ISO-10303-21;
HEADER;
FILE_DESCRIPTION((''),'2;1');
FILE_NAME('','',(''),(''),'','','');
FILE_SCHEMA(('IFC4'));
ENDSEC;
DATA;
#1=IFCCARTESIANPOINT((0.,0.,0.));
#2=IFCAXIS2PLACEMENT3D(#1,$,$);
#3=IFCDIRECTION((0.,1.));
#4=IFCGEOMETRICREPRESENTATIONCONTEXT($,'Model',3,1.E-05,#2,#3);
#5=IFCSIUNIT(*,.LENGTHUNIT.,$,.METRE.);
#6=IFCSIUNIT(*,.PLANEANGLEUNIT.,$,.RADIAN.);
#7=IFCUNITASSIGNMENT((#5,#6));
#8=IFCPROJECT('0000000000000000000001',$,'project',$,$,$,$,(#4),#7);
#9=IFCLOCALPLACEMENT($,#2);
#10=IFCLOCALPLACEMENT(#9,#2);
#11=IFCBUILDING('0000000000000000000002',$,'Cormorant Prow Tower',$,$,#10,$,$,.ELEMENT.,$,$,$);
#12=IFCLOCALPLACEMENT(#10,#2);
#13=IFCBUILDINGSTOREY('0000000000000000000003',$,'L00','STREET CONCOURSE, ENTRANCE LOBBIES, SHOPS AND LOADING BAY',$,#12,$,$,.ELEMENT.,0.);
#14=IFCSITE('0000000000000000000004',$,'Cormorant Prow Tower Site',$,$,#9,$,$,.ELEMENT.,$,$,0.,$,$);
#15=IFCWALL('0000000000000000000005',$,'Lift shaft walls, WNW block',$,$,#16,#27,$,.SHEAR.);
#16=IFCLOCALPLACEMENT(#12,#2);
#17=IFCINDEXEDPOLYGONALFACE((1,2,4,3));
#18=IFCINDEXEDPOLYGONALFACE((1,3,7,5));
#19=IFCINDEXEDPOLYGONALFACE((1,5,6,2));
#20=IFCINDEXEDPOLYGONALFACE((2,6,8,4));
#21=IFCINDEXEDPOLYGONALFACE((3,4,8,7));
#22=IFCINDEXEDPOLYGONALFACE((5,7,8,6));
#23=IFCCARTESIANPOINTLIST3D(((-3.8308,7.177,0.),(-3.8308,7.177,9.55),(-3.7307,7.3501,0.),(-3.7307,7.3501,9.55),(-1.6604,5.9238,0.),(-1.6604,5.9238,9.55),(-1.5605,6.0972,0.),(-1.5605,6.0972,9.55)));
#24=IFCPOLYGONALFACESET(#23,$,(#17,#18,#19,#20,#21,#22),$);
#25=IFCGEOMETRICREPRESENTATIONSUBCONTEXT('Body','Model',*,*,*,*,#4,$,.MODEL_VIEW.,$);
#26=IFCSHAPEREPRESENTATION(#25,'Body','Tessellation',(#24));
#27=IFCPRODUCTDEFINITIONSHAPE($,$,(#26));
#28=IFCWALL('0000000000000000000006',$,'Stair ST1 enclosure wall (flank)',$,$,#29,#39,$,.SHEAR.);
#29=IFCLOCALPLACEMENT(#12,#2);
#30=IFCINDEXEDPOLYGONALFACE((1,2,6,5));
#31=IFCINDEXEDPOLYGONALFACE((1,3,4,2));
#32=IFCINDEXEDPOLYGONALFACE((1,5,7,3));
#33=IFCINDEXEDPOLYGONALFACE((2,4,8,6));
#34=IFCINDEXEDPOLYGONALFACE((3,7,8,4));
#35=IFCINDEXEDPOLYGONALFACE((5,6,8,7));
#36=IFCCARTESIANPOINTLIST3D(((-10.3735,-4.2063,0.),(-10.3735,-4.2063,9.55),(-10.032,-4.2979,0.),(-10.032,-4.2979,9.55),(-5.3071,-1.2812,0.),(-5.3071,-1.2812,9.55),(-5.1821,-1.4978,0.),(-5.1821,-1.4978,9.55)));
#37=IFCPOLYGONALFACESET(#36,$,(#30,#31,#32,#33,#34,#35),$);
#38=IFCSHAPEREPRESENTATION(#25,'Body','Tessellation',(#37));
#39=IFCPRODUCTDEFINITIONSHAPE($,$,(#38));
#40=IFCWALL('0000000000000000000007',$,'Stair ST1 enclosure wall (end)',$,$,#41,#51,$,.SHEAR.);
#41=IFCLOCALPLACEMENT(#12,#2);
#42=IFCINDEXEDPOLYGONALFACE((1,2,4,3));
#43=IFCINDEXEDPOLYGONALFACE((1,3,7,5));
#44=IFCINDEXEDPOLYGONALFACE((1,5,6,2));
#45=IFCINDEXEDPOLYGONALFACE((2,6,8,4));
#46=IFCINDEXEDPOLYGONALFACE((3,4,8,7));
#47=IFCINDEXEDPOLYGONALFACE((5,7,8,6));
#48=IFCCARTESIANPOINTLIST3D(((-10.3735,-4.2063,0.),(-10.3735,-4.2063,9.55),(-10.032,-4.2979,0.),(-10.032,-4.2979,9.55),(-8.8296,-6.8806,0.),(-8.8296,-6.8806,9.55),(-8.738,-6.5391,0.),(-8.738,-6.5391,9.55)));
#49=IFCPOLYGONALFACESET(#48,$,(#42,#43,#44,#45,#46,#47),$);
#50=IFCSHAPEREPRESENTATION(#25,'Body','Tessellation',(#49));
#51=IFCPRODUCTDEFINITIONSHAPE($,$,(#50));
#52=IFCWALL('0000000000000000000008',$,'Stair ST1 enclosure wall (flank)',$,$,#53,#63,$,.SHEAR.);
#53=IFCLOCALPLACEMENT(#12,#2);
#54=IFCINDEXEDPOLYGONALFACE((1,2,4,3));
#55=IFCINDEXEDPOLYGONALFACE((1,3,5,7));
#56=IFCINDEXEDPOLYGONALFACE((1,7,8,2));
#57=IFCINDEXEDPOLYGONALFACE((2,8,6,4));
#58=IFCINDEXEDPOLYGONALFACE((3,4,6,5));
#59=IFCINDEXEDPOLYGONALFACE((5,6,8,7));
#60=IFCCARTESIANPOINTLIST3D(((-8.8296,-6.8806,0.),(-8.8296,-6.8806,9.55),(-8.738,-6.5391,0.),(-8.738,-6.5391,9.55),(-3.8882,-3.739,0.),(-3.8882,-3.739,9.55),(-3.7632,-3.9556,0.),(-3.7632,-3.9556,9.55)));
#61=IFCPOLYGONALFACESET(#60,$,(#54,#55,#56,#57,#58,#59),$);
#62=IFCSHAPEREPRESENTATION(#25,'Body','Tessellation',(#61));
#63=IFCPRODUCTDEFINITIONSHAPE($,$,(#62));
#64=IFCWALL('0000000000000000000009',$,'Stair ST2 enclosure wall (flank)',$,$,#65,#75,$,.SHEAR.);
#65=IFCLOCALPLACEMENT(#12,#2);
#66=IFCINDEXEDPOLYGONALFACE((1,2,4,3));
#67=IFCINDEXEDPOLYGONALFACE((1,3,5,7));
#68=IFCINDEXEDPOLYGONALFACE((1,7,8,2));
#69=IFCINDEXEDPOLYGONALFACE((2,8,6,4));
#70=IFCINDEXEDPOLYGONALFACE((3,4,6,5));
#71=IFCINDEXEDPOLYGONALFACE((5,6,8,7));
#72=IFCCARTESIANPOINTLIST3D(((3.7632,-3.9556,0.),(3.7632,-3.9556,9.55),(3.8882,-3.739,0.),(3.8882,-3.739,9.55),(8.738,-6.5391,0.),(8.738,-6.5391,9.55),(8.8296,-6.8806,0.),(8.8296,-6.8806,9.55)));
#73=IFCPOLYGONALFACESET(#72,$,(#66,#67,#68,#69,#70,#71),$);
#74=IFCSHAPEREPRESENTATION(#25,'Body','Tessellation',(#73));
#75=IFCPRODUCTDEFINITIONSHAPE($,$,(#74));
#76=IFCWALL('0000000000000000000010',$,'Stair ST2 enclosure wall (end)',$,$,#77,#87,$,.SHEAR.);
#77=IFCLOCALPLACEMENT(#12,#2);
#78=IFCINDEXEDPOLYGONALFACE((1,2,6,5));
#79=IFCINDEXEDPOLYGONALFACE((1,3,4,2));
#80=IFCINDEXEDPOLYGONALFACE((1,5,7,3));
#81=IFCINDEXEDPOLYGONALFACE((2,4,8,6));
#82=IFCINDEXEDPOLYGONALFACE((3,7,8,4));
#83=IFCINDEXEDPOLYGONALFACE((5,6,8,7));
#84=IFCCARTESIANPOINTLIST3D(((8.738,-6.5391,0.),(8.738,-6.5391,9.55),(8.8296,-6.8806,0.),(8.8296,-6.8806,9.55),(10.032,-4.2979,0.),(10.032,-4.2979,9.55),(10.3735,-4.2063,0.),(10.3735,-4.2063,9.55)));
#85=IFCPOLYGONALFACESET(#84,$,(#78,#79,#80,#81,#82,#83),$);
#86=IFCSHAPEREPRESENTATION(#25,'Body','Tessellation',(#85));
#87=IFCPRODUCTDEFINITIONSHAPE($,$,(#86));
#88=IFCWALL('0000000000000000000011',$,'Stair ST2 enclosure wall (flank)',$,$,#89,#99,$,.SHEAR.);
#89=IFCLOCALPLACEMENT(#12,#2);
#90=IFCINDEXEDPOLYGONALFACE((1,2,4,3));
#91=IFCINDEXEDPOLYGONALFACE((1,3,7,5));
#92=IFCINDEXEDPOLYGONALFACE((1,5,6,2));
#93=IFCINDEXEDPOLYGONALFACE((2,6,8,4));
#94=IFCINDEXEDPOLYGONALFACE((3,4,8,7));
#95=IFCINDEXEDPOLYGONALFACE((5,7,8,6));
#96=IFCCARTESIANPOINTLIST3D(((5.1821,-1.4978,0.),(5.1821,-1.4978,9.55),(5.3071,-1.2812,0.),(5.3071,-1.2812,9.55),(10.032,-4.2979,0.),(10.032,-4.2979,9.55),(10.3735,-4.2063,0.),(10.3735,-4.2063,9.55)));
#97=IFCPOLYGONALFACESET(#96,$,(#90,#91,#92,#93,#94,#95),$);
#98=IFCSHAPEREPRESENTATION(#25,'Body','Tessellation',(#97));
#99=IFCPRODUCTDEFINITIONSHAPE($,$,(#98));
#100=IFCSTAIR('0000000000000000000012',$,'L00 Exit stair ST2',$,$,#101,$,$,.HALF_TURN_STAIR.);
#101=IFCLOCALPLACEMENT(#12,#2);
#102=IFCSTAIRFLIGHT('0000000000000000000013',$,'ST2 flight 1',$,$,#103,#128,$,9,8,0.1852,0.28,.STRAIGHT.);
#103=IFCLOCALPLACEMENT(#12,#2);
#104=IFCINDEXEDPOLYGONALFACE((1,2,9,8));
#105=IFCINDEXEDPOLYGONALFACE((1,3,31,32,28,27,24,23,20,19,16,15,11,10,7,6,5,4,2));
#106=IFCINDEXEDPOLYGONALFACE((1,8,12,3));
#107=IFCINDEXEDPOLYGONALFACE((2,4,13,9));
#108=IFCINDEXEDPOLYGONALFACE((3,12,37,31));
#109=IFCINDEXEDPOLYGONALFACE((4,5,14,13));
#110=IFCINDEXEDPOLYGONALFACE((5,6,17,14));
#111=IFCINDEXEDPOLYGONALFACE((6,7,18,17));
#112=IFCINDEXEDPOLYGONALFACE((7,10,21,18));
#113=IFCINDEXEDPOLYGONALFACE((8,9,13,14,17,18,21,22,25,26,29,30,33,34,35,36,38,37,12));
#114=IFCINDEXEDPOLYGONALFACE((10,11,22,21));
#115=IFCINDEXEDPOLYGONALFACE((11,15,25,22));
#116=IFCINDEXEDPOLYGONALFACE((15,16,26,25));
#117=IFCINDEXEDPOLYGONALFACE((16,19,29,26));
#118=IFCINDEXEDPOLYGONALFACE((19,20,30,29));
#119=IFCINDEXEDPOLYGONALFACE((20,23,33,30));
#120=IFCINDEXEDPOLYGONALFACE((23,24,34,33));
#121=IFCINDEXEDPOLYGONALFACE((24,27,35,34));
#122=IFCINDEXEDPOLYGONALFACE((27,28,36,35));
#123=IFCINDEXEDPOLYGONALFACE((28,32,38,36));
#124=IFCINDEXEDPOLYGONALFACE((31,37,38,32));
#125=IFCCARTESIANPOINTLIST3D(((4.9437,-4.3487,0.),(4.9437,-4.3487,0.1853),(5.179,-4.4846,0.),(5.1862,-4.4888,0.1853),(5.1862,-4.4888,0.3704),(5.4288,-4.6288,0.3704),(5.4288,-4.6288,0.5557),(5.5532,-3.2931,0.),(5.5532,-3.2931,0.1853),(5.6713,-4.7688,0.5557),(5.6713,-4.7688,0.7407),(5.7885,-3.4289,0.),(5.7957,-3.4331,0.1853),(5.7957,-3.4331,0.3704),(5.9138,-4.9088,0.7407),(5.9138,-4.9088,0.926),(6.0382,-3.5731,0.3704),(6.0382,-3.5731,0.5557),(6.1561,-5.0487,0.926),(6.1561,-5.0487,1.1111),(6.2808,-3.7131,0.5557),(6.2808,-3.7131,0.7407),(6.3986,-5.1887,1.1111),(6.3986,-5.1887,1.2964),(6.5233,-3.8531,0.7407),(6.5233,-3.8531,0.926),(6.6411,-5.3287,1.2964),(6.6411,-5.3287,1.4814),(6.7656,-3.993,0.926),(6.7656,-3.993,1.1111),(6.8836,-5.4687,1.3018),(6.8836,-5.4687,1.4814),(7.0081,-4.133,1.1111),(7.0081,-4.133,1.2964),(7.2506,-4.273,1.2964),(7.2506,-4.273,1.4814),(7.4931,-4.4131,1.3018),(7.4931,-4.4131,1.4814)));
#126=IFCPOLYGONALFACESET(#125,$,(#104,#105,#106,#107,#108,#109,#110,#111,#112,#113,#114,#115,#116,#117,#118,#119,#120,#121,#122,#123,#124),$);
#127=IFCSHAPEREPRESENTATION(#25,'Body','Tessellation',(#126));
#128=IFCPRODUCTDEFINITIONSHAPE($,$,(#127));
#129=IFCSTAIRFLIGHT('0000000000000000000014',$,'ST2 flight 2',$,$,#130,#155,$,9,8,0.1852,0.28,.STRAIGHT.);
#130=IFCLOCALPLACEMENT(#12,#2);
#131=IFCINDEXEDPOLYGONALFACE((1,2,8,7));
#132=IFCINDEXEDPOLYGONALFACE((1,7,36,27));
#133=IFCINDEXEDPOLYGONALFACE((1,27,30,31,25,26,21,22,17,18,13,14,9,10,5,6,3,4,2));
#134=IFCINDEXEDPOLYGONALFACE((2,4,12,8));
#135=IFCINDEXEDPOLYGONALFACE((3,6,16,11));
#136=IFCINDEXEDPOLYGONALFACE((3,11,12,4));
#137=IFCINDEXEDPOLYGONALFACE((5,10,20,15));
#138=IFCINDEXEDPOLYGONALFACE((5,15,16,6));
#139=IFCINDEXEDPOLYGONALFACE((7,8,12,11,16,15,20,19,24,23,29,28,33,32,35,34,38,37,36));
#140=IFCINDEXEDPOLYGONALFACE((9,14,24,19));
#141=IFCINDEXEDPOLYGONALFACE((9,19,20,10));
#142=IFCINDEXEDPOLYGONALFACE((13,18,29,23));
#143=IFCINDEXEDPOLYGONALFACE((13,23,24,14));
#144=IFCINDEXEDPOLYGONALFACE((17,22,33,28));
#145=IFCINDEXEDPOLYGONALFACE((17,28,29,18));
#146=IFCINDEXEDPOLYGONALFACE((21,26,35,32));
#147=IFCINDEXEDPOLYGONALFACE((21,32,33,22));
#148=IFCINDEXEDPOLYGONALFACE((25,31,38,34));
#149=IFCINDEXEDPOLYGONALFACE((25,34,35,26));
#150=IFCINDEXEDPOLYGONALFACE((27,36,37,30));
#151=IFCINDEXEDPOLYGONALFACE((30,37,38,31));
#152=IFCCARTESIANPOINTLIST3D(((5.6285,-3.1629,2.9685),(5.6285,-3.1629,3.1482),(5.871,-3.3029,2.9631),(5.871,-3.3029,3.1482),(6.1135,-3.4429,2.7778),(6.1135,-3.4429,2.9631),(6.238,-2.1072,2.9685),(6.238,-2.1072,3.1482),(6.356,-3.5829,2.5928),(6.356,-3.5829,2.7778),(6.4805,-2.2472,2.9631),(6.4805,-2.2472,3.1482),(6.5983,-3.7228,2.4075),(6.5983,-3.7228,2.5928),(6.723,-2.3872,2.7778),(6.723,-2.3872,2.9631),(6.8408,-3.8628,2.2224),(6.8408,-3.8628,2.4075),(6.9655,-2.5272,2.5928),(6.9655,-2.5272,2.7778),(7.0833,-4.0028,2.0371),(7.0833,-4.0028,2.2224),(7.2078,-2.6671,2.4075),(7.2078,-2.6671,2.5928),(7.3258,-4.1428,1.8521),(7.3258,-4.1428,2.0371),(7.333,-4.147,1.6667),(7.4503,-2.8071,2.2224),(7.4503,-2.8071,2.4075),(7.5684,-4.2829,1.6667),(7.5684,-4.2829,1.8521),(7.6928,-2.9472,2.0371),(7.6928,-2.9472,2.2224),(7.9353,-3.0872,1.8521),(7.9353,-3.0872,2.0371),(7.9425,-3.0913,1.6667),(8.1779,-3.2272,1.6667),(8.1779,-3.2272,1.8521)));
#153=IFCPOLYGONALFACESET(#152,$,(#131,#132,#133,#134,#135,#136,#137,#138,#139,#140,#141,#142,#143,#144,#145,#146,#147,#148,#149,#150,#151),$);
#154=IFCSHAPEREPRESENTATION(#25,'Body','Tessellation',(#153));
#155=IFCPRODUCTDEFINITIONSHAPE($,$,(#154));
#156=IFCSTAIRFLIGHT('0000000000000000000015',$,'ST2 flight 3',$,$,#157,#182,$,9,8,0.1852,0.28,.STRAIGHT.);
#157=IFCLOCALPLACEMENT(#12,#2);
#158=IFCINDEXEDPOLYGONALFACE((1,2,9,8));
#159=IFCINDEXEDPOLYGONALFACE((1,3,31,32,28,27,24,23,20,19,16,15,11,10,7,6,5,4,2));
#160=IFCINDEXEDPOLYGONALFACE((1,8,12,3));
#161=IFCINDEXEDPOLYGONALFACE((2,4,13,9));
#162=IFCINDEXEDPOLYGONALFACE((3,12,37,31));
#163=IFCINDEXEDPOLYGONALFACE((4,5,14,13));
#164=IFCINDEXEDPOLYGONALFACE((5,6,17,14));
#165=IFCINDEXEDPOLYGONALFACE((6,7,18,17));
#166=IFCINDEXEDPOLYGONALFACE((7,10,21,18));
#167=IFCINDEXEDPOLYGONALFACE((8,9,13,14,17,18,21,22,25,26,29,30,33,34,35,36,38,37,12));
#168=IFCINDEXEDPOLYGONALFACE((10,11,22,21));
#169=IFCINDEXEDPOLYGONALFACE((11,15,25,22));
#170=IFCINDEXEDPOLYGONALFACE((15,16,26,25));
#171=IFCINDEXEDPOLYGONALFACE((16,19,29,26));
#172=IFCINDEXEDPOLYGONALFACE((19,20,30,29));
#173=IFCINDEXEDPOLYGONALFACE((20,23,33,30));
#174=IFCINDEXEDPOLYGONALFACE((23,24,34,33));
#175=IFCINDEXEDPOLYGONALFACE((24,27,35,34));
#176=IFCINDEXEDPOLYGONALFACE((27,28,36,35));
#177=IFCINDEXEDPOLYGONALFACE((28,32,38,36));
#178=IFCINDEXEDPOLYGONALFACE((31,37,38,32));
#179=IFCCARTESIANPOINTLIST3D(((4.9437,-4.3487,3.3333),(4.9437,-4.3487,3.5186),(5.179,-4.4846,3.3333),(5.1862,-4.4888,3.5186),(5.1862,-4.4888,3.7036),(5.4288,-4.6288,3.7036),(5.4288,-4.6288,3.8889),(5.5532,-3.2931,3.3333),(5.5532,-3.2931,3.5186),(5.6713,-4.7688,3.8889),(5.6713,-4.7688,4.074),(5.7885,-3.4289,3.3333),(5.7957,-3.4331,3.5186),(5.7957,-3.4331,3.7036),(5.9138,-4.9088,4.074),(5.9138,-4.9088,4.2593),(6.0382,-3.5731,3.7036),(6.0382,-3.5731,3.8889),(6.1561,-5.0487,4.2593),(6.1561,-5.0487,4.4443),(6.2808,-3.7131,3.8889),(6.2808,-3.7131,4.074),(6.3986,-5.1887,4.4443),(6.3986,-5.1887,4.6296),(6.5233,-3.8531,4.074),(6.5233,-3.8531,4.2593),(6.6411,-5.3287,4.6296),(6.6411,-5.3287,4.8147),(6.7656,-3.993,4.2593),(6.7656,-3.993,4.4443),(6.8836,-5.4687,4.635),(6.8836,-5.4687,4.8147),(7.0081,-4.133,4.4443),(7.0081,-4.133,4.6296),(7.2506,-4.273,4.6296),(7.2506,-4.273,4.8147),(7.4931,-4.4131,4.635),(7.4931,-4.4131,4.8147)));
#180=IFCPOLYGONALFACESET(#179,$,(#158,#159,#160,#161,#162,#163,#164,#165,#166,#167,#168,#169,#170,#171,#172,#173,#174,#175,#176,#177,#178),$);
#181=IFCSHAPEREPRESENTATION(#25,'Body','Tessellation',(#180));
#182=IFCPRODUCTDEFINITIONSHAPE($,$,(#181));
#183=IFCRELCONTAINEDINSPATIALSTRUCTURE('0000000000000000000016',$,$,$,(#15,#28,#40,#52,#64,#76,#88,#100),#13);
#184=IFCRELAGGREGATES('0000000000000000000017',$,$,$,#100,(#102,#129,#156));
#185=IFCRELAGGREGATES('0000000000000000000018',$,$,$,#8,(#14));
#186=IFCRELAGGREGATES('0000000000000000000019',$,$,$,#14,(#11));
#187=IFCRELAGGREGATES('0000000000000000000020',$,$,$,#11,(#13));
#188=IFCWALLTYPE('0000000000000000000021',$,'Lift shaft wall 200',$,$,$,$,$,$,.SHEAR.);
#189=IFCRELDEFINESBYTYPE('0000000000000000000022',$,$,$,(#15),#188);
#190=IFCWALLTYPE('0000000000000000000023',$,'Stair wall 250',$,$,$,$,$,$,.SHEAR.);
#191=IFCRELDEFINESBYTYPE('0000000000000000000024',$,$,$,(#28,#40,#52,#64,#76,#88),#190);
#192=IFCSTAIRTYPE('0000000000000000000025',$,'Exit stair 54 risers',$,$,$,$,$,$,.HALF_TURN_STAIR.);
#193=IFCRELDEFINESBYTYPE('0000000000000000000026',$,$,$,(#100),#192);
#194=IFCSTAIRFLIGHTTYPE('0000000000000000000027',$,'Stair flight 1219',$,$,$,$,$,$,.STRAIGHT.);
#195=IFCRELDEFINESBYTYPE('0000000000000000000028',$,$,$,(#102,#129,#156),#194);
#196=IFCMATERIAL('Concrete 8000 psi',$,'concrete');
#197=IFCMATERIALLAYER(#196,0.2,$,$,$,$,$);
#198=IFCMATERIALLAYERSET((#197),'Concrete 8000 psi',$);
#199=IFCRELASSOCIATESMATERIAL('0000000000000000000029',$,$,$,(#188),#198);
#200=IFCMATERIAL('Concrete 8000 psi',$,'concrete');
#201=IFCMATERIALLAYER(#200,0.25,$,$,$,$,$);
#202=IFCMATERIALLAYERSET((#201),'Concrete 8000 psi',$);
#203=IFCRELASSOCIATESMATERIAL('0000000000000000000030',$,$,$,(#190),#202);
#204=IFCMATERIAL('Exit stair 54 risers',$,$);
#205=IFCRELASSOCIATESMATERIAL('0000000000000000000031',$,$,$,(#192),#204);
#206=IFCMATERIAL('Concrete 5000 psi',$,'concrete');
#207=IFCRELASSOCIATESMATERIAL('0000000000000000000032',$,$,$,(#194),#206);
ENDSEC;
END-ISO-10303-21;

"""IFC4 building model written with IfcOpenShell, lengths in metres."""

from ifc_helpers import new_model, si_unit, direction, frame, origin, place, context, subcontext, project, spatial, polyline, outline, extrude, material, layer, layer_set, type_object, element, aggregate, save


model = new_model("IFC4")

# Units and contexts
model_context = context("Model", 3, precision=1e-05, world=origin(), true_north=direction((0.0, 1.0)))
body_context = subcontext(model_context, "Body", "Model", "MODEL_VIEW")
ifc_project = project(units=[si_unit("LENGTHUNIT", "METRE"), si_unit("PLANEANGLEUNIT", "RADIAN")], contexts=[model_context])

# Site, building, storey
site_placement = place(None, origin())
site = spatial("IfcSite", under=ifc_project, at=site_placement, Name="Cormorant Prow Tower Site", CompositionType="ELEMENT", RefElevation=0.0)
building_placement = place(site_placement, origin())
building = spatial("IfcBuilding", under=site, at=building_placement, Name="Cormorant Prow Tower", CompositionType="ELEMENT")
storey_placement = place(building_placement, origin())
storey = spatial("IfcBuildingStorey", under=building, at=storey_placement, Name="L00", Description="STREET CONCOURSE, ENTRANCE LOBBIES, SHOPS AND LOADING BAY", CompositionType="ELEMENT", Elevation=0.0)

# Walls
ifc_material_1 = material(Name="Concrete 8000 psi", Category="concrete")
ifc_layer_1 = layer(ifc_material_1, 0.2)
ifc_layer_set_1 = layer_set([ifc_layer_1], Name="Concrete 8000 psi")
wall_type_1 = type_object("IfcWallType", Name="Lift shaft wall 200", PredefinedType="SHEAR", material=ifc_layer_set_1)
wall_1_placement = place(storey_placement, origin())
element("IfcWall", 1, at=wall_1_placement, inside=storey, type_object=wall_type_1, Name="Lift shaft walls, WNW block", PredefinedType="SHEAR", context=body_context, shape_type="SweptSolid", body=[
    extrude(outline(polyline([(-3.7307, 7.3501), (-1.5605, 6.0972), (-1.6604, 5.9238), (-3.8308, 7.177), (-3.7307, 7.3501)])), origin(), (0.0, 0.0, 1.0), 9.55),
])
ifc_material_2 = material(Name="Concrete 8000 psi", Category="concrete")
ifc_layer_2 = layer(ifc_material_2, 0.25)
ifc_layer_set_2 = layer_set([ifc_layer_2], Name="Concrete 8000 psi")
wall_type_2 = type_object("IfcWallType", Name="Stair wall 250", PredefinedType="SHEAR", material=ifc_layer_set_2)
wall_2_placement = place(storey_placement, origin())
element("IfcWall", 2, at=wall_2_placement, inside=storey, type_object=wall_type_2, Name="Stair ST1 enclosure wall (flank)", PredefinedType="SHEAR", context=body_context, shape_type="SweptSolid", body=[
    extrude(outline(polyline([(-5.3071, -1.2812), (-10.3735, -4.2063), (-10.032, -4.2979), (-5.1821, -1.4978), (-5.3071, -1.2812)])), origin(), (0.0, 0.0, 1.0), 9.55),
])
wall_3_placement = place(storey_placement, origin())
element("IfcWall", 3, at=wall_3_placement, inside=storey, type_object=wall_type_2, Name="Stair ST1 enclosure wall (end)", PredefinedType="SHEAR", context=body_context, shape_type="SweptSolid", body=[
    extrude(outline(polyline([(-10.3735, -4.2063), (-8.8296, -6.8806), (-8.738, -6.5391), (-10.032, -4.2979), (-10.3735, -4.2063)])), origin(), (0.0, 0.0, 1.0), 9.55),
])
wall_4_placement = place(storey_placement, origin())
element("IfcWall", 4, at=wall_4_placement, inside=storey, type_object=wall_type_2, Name="Stair ST1 enclosure wall (flank)", PredefinedType="SHEAR", context=body_context, shape_type="SweptSolid", body=[
    extrude(outline(polyline([(-8.738, -6.5391), (-8.8296, -6.8806), (-3.7632, -3.9556), (-3.8882, -3.739), (-8.738, -6.5391)])), origin(), (0.0, 0.0, 1.0), 9.55),
])
wall_5_placement = place(storey_placement, origin())
element("IfcWall", 5, at=wall_5_placement, inside=storey, type_object=wall_type_2, Name="Stair ST2 enclosure wall (flank)", PredefinedType="SHEAR", context=body_context, shape_type="SweptSolid", body=[
    extrude(outline(polyline([(3.7632, -3.9556), (8.8296, -6.8806), (8.738, -6.5391), (3.8882, -3.739), (3.7632, -3.9556)])), origin(), (0.0, 0.0, 1.0), 9.55),
])
wall_6_placement = place(storey_placement, origin())
element("IfcWall", 6, at=wall_6_placement, inside=storey, type_object=wall_type_2, Name="Stair ST2 enclosure wall (end)", PredefinedType="SHEAR", context=body_context, shape_type="SweptSolid", body=[
    extrude(outline(polyline([(8.8296, -6.8806), (10.3735, -4.2063), (10.032, -4.2979), (8.738, -6.5391), (8.8296, -6.8806)])), origin(), (0.0, 0.0, 1.0), 9.55),
])
wall_7_placement = place(storey_placement, origin())
element("IfcWall", 7, at=wall_7_placement, inside=storey, type_object=wall_type_2, Name="Stair ST2 enclosure wall (flank)", PredefinedType="SHEAR", context=body_context, shape_type="SweptSolid", body=[
    extrude(outline(polyline([(10.032, -4.2979), (10.3735, -4.2063), (5.3071, -1.2812), (5.1821, -1.4978), (10.032, -4.2979)])), origin(), (0.0, 0.0, 1.0), 9.55),
])

# Stair, stair flights
ifc_material_3 = material(Name="Exit stair 54 risers")
stair_type = type_object("IfcStairType", Name="Exit stair 54 risers", PredefinedType="HALF_TURN_STAIR", material=ifc_material_3)
stair_placement = place(storey_placement, origin())
stair = element("IfcStair", 8, at=stair_placement, inside=storey, type_object=stair_type, Name="L00 Exit stair ST2", PredefinedType="HALF_TURN_STAIR")
ifc_material_4 = material(Name="Concrete 5000 psi", Category="concrete")
stair_flight_type = type_object("IfcStairFlightType", Name="Stair flight 1219", PredefinedType="STRAIGHT", material=ifc_material_4)
stair_flight_1_placement = place(storey_placement, frame((5.2485, -3.8208, 0.0), z_axis=(0.0, 0.0, 1.0), x_axis=(0.866025, -0.5, 0.0)))
stair_flight_1 = element("IfcStairFlight", 9, at=stair_flight_1_placement, type_object=stair_flight_type, Name="ST2 flight 1", NumberOfRisers=9, NumberOfTreads=8, PredefinedType="STRAIGHT", RiserHeight=0.1852, TreadLength=0.28, context=body_context, shape_type="SweptSolid", body=[
    extrude(outline(polyline([(0.0, 0.0), (0.0, 0.1853), (0.28, 0.1853), (0.28, 0.3704), (0.5601, 0.3704), (0.5601, 0.5557), (0.8401, 0.5557), (0.8401, 0.7407), (1.1201, 0.7407), (1.1201, 0.926), (1.3999, 0.926), (1.3999, 1.1111), (1.6799, 1.1111), (1.6799, 1.2964), (1.96, 1.2964), (1.96, 1.4814), (2.24, 1.4814), (2.24, 1.6667), (2.24, 1.3018), (0.2717, 0.0), (0.0, 0.0)])), frame((0.0, 0.6094, 0.0), z_axis=(0.0, -1.0, 0.0), x_axis=(1.0, 0.0, 0.0)), (0.0, 0.0, 1.0), 1.219),
])
stair_flight_2_placement = place(storey_placement, frame((7.873, -3.7551, 1.6667), z_axis=(0.0, 0.0, 1.0), x_axis=(-0.866025, 0.5, 0.0)))
stair_flight_2 = element("IfcStairFlight", 10, at=stair_flight_2_placement, type_object=stair_flight_type, Name="ST2 flight 2", NumberOfRisers=9, NumberOfTreads=8, PredefinedType="STRAIGHT", RiserHeight=0.1852, TreadLength=0.28, context=body_context, shape_type="SweptSolid", body=[
    extrude(outline(polyline([(0.0, 0.0), (0.0, 0.1853), (0.28, 0.1853), (0.28, 0.3704), (0.5601, 0.3704), (0.5601, 0.5557), (0.8401, 0.5557), (0.8401, 0.7407), (1.1201, 0.7407), (1.1201, 0.926), (1.3999, 0.926), (1.3999, 1.1111), (1.6799, 1.1111), (1.6799, 1.2964), (1.96, 1.2964), (1.96, 1.4814), (2.24, 1.4814), (2.24, 1.6667), (2.24, 1.3018), (0.2717, 0.0), (0.0, 0.0)])), frame((0.0, 0.6094, 0.0), z_axis=(0.0, -1.0, 0.0), x_axis=(1.0, 0.0, 0.0)), (0.0, 0.0, 1.0), 1.219),
])
stair_flight_3_placement = place(storey_placement, frame((5.2485, -3.8208, 3.3333), z_axis=(0.0, 0.0, 1.0), x_axis=(0.866025, -0.5, 0.0)))
stair_flight_3 = element("IfcStairFlight", 11, at=stair_flight_3_placement, type_object=stair_flight_type, Name="ST2 flight 3", NumberOfRisers=9, NumberOfTreads=8, PredefinedType="STRAIGHT", RiserHeight=0.1852, TreadLength=0.28, context=body_context, shape_type="SweptSolid", body=[
    extrude(outline(polyline([(0.0, 0.0), (0.0, 0.1853), (0.28, 0.1853), (0.28, 0.3704), (0.5601, 0.3704), (0.5601, 0.5557), (0.8401, 0.5557), (0.8401, 0.7407), (1.1201, 0.7407), (1.1201, 0.926), (1.3999, 0.926), (1.3999, 1.1111), (1.6799, 1.1111), (1.6799, 1.2964), (1.96, 1.2964), (1.96, 1.4814), (2.24, 1.4814), (2.24, 1.6667), (2.24, 1.3018), (0.2717, 0.0), (0.0, 0.0)])), frame((0.0, 0.6094, 0.0), z_axis=(0.0, -1.0, 0.0), x_axis=(1.0, 0.0, 0.0)), (0.0, 0.0, 1.0), 1.219),
])
aggregate(stair, [stair_flight_1, stair_flight_2, stair_flight_3])

save(model, "model.ifc")
